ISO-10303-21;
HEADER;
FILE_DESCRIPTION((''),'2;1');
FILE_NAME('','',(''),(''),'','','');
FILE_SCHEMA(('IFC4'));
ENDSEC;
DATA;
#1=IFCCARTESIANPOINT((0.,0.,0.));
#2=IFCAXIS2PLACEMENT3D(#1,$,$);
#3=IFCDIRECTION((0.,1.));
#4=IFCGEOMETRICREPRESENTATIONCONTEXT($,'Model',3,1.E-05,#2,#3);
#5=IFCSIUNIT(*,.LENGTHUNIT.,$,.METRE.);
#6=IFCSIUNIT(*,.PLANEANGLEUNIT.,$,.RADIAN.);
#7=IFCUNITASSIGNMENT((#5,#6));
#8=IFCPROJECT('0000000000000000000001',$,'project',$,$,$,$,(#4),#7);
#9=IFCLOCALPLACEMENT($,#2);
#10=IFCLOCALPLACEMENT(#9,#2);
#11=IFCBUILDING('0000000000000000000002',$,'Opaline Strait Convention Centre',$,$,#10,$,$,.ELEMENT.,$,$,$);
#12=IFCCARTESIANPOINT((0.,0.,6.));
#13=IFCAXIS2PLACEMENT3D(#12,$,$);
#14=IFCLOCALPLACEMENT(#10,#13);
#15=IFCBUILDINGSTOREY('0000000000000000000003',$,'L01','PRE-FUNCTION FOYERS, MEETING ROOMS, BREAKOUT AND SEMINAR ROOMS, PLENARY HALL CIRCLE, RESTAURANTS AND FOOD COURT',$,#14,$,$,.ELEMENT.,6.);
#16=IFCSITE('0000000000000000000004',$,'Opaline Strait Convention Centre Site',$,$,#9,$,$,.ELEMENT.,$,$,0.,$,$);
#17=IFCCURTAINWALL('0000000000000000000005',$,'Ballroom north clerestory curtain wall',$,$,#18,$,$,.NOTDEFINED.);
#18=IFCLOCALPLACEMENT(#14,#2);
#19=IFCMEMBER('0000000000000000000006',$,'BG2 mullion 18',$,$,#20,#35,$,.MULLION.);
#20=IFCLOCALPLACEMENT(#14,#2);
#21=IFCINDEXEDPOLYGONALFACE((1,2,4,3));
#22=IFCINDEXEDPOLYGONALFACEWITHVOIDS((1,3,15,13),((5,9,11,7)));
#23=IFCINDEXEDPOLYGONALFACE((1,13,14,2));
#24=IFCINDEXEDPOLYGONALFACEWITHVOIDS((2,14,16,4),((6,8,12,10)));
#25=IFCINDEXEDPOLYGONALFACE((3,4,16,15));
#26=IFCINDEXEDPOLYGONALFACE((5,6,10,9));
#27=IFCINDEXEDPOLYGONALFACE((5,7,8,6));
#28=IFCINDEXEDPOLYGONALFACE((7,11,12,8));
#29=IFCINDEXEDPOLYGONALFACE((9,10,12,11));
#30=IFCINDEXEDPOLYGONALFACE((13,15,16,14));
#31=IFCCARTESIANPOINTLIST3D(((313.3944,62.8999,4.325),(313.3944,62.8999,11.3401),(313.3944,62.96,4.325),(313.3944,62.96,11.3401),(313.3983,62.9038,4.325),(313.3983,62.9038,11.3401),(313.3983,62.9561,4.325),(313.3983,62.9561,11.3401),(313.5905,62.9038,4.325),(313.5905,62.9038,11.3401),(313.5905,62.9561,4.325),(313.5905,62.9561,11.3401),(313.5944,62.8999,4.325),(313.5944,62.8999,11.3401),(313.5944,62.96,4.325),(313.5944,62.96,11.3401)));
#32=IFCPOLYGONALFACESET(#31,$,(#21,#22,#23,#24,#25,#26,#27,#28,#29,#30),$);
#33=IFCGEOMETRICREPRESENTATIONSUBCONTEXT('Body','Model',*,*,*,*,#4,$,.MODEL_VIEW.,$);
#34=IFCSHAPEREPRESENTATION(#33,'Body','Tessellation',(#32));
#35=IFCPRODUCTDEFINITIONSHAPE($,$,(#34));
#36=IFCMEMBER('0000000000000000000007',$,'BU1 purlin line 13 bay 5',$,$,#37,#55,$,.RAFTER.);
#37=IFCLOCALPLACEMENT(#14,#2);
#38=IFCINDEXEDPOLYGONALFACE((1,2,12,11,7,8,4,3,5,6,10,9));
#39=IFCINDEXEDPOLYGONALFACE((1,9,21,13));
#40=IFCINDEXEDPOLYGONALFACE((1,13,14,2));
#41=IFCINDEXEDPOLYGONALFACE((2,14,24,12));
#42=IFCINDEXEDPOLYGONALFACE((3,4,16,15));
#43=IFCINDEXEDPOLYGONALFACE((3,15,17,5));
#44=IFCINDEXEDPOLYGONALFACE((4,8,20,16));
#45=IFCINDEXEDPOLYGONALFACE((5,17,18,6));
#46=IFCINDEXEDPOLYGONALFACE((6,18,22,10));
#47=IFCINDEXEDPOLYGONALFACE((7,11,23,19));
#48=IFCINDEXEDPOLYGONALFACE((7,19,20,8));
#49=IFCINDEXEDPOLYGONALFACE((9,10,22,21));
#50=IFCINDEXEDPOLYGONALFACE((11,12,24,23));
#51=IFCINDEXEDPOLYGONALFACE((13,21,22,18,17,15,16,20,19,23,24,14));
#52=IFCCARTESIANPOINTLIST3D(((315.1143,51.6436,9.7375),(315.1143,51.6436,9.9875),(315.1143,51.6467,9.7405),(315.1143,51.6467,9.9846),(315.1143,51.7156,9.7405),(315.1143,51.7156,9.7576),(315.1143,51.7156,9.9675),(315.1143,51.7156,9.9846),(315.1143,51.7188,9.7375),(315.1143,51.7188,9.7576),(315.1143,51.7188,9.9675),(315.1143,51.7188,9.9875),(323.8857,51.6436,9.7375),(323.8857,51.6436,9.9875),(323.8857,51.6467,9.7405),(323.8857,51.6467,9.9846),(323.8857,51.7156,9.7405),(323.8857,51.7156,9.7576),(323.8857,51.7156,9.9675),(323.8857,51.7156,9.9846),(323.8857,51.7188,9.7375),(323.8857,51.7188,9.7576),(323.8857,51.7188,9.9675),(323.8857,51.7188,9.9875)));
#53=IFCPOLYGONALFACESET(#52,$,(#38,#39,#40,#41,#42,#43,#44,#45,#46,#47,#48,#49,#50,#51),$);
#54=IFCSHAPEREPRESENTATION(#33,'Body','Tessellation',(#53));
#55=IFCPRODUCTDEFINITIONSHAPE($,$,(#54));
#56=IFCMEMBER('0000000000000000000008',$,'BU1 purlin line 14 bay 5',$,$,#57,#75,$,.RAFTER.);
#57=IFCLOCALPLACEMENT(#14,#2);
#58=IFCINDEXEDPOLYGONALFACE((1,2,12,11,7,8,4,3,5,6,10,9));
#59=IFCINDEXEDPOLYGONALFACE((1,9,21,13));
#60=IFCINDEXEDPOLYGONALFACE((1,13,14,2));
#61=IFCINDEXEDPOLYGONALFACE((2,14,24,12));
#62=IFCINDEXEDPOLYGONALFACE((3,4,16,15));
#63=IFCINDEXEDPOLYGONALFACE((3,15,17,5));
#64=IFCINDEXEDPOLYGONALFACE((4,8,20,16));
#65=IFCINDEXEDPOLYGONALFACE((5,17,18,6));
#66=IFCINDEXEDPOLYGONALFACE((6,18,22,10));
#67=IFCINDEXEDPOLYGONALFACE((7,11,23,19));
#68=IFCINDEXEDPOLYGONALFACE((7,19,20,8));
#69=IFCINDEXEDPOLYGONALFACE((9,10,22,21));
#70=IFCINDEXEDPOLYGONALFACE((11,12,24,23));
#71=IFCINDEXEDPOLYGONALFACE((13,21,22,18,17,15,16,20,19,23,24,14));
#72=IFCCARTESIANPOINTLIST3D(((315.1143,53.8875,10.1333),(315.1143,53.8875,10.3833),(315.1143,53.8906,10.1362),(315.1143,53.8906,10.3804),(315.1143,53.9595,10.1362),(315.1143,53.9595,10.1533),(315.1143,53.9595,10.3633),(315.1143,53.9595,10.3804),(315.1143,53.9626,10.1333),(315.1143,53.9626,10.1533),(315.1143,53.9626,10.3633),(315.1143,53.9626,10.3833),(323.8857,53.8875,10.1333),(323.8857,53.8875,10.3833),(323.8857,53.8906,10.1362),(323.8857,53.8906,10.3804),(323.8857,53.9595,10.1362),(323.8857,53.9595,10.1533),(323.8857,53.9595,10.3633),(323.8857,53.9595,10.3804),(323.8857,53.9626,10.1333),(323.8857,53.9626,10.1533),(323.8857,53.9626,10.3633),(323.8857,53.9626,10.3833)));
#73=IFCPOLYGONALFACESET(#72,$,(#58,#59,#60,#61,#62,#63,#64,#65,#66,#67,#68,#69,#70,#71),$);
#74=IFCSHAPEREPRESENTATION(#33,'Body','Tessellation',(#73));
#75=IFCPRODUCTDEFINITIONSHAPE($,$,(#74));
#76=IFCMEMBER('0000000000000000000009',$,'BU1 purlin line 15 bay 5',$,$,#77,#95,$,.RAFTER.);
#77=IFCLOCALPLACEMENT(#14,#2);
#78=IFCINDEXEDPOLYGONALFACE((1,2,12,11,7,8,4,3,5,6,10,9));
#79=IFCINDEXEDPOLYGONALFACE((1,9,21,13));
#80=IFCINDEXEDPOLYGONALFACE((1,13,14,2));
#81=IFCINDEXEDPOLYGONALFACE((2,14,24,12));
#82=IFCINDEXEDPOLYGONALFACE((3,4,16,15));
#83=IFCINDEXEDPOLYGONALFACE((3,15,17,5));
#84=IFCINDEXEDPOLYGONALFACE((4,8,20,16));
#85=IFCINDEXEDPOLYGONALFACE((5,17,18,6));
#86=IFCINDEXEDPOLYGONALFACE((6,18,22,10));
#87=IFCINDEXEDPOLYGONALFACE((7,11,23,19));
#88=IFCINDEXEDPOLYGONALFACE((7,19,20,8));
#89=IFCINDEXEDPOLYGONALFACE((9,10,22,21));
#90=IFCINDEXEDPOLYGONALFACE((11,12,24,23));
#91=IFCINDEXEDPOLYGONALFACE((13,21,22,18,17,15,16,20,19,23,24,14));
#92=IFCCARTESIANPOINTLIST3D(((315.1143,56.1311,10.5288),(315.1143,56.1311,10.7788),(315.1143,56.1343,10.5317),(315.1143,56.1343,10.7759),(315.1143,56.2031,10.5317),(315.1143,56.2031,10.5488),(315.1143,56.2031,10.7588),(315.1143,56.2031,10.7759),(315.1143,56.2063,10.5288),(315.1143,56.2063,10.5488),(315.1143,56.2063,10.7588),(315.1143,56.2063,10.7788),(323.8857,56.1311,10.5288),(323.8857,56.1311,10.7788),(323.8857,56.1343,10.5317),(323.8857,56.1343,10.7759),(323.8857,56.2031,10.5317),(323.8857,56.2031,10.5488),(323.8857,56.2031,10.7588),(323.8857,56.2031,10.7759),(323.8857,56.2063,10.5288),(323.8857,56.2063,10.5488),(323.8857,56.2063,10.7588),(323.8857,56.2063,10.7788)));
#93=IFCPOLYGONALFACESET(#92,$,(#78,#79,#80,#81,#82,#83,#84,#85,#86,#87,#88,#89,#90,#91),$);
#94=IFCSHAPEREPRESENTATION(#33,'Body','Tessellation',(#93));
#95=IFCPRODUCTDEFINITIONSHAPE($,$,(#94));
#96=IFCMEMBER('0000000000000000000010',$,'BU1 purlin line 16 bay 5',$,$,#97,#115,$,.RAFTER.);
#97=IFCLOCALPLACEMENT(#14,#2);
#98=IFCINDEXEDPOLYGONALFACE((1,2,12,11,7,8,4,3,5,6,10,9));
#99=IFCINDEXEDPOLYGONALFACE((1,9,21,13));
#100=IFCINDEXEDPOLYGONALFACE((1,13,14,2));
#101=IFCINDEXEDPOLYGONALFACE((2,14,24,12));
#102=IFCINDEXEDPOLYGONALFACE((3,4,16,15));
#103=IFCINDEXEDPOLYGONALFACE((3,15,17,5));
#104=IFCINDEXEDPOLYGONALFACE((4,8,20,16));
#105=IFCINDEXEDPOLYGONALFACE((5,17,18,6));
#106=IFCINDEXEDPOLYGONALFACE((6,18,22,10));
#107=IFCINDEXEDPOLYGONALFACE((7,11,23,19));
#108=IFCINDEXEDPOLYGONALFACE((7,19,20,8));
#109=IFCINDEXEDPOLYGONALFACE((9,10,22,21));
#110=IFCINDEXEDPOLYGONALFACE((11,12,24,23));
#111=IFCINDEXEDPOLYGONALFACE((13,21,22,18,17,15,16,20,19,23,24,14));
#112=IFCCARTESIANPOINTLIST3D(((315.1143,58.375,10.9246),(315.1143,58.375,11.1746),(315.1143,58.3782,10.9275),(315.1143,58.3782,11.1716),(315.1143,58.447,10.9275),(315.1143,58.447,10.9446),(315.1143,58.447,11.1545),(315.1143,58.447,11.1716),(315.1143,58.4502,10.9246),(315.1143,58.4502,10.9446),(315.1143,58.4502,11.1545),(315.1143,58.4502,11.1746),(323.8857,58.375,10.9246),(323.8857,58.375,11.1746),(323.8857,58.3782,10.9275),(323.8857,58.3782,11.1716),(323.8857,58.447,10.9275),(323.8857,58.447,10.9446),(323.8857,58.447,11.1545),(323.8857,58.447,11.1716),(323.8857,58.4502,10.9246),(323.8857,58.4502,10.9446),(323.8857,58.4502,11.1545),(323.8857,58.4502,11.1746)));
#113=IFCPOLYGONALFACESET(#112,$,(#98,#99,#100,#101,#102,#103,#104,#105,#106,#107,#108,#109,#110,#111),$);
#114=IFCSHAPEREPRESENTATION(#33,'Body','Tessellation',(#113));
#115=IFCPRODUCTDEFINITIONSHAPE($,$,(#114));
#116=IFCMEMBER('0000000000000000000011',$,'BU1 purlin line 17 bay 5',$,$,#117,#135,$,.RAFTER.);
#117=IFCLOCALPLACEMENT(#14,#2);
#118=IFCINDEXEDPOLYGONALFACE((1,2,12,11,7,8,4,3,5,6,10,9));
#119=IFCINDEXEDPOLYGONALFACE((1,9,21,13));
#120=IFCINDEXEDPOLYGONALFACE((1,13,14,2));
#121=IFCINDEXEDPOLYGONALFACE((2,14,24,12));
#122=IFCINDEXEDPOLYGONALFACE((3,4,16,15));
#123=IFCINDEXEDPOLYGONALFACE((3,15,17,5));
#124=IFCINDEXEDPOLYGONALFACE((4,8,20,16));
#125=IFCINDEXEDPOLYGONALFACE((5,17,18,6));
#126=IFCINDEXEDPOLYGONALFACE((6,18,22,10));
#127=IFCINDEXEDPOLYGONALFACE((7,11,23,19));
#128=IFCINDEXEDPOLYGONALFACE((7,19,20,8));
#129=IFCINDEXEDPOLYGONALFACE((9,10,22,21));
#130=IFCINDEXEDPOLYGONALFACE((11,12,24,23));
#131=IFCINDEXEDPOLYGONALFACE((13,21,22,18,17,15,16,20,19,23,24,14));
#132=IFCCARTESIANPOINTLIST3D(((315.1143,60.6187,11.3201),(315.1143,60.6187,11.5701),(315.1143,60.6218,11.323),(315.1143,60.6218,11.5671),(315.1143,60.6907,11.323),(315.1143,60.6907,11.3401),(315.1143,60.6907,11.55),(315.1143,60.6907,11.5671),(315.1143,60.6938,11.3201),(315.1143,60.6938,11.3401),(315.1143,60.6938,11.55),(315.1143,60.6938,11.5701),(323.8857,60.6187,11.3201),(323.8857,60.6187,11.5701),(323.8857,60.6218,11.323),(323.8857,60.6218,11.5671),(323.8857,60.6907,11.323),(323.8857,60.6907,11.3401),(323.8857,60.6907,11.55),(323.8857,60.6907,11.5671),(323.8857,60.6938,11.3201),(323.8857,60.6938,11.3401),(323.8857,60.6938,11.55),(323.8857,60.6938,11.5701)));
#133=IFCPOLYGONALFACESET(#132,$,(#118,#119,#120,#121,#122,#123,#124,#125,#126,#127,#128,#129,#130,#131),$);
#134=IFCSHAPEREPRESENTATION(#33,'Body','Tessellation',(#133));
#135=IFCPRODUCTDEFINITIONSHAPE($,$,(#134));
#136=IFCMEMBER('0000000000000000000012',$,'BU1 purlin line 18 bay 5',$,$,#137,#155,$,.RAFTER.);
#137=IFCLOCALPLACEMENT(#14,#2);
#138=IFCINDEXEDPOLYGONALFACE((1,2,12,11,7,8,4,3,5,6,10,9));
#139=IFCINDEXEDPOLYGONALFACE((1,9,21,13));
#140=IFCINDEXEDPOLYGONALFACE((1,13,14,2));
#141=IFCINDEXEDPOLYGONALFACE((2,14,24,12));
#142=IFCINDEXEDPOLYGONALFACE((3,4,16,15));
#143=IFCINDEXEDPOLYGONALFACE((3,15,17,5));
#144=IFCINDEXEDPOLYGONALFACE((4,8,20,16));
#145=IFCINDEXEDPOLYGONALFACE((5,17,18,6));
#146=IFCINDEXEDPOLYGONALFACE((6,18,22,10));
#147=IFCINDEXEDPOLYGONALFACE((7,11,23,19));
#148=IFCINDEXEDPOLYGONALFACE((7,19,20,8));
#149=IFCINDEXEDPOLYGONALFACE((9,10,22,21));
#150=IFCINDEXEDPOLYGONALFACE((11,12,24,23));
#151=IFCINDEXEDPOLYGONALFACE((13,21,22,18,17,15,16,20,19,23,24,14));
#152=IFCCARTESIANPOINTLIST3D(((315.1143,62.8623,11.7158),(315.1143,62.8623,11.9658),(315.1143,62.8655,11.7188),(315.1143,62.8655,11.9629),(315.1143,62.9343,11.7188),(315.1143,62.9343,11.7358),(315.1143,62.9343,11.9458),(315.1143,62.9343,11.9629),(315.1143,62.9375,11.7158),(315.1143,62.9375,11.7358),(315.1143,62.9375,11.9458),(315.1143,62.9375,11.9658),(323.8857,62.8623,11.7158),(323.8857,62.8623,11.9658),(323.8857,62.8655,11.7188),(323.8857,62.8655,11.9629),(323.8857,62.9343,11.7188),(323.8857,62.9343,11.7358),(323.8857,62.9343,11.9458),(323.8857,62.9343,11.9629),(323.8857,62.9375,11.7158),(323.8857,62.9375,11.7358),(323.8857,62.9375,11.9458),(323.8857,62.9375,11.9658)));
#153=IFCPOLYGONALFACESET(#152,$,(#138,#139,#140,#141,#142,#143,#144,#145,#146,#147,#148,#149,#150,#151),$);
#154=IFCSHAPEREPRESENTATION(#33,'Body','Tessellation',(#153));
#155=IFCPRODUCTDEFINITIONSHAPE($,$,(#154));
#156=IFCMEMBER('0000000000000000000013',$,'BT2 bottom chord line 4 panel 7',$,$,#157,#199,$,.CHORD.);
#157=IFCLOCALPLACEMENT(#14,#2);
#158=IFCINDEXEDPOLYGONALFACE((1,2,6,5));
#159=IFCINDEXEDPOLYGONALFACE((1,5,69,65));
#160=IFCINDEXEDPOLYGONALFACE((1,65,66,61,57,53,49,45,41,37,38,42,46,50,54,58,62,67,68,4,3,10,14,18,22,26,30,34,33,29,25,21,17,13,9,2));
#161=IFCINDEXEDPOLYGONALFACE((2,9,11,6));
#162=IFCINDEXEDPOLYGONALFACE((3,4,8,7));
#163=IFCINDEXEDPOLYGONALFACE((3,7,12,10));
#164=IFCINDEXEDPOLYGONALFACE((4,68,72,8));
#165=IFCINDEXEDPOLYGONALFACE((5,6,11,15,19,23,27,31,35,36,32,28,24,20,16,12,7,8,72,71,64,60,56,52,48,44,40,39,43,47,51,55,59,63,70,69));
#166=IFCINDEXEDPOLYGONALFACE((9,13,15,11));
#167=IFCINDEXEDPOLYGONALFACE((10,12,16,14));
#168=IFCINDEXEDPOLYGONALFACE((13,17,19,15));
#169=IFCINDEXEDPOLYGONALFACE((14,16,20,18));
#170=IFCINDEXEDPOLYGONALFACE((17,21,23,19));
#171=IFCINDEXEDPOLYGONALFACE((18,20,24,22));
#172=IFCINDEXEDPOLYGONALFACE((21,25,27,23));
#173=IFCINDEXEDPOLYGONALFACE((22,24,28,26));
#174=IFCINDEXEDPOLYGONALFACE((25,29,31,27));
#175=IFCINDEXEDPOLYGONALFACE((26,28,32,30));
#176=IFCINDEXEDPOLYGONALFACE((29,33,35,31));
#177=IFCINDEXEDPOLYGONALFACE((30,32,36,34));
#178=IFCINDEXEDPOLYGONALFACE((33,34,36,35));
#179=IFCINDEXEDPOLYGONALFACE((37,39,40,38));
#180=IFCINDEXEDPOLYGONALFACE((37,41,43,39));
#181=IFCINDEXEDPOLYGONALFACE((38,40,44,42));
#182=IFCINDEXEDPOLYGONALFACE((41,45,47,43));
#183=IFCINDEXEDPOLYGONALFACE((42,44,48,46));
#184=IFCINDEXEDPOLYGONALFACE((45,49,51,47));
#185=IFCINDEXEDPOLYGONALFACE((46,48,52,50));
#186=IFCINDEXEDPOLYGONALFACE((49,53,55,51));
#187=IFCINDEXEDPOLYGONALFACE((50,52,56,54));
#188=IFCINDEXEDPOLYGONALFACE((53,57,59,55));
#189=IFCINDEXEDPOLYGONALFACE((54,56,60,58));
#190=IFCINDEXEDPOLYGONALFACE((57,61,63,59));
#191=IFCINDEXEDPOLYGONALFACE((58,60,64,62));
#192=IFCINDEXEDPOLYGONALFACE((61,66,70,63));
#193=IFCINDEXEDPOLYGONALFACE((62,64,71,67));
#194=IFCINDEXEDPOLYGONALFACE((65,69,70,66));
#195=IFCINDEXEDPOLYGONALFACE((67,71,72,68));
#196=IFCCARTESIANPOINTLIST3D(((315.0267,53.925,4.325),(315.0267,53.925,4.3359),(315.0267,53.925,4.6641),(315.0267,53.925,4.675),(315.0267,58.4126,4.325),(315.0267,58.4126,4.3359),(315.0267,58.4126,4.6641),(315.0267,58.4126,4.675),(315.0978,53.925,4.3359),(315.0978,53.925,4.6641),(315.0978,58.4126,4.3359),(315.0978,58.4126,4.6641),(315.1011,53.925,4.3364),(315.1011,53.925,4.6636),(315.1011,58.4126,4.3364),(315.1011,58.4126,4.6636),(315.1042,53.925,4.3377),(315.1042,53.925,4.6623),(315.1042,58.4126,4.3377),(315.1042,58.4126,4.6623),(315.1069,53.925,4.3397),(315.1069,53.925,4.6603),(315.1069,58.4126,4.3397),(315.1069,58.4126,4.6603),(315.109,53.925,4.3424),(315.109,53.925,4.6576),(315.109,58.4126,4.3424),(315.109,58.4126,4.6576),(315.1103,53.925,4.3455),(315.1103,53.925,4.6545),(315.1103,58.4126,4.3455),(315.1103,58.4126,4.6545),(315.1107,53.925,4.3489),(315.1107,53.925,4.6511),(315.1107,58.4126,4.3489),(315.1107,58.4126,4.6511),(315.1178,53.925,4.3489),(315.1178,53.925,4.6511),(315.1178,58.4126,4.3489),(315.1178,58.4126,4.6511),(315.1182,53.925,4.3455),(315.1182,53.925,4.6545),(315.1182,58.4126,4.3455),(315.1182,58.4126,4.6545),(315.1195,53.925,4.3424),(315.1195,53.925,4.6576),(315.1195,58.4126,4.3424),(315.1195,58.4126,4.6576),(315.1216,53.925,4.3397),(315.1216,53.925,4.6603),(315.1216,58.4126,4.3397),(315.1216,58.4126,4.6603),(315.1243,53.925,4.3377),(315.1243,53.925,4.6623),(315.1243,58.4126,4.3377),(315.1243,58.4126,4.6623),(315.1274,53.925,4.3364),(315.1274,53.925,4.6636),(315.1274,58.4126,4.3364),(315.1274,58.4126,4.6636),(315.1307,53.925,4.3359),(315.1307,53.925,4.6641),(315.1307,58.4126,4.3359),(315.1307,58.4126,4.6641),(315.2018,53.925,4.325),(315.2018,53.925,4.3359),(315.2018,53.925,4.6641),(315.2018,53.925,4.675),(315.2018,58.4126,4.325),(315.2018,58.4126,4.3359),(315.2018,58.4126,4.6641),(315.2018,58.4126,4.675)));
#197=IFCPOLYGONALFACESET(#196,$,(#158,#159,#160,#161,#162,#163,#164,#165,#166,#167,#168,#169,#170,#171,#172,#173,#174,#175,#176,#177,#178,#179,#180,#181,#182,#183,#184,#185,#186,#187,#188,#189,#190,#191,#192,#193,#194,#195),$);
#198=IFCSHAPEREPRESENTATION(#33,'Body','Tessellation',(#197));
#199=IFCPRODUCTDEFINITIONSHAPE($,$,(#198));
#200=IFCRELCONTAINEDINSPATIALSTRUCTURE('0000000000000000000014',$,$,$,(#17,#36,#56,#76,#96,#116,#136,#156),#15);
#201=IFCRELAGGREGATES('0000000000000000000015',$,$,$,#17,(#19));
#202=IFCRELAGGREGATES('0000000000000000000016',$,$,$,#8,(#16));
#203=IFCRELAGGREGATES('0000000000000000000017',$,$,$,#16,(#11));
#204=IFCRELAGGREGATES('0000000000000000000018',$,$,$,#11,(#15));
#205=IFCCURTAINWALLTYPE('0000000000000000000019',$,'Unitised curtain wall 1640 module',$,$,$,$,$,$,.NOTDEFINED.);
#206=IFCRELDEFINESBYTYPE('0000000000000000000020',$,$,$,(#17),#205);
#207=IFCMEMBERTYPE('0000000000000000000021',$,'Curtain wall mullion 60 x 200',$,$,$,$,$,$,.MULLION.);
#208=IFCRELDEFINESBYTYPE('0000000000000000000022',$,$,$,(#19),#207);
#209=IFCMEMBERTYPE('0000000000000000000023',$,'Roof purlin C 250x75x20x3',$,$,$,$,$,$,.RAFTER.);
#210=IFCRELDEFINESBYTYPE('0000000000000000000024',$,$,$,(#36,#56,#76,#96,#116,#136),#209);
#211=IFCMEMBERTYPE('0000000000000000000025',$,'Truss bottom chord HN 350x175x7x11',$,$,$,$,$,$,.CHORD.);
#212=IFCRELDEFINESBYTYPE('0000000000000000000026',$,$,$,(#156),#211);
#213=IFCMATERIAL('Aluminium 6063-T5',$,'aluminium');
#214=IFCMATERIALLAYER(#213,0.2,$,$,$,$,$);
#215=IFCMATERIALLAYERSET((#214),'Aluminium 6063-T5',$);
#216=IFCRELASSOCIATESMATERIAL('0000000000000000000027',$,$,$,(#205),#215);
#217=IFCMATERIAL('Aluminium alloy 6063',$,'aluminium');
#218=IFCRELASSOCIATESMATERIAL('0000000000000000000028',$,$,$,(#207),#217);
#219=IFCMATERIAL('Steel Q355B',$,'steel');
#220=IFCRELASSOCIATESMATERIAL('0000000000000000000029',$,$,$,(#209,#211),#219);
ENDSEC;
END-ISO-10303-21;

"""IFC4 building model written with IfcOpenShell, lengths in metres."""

from ifc_helpers import new_model, si_unit, direction, frame, origin, origin_2d, place, context, subcontext, project, spatial, polyline, hollow_rectangle, i_section, outline, extrude, material, layer, layer_set, material_profile, profile_set, type_object, element, aggregate, save


model = new_model("IFC4")

# Units and contexts
model_context = context("Model", 3, precision=1e-05, world=origin(), true_north=direction((0.0, 1.0)))
body_context = subcontext(model_context, "Body", "Model", "MODEL_VIEW")
ifc_project = project(units=[si_unit("LENGTHUNIT", "METRE"), si_unit("PLANEANGLEUNIT", "RADIAN")], contexts=[model_context])

# Site, building, storey
site_placement = place(None, origin())
site = spatial("IfcSite", under=ifc_project, at=site_placement, Name="Opaline Strait Convention Centre Site", CompositionType="ELEMENT", RefElevation=0.0)
building_placement = place(site_placement, origin())
building = spatial("IfcBuilding", under=site, at=building_placement, Name="Opaline Strait Convention Centre", CompositionType="ELEMENT")
storey_placement = place(building_placement, frame((0.0, 0.0, 6.0)))
storey = spatial("IfcBuildingStorey", under=building, at=storey_placement, Name="L01", Description="PRE-FUNCTION FOYERS, MEETING ROOMS, BREAKOUT AND SEMINAR ROOMS, PLENARY HALL CIRCLE, RESTAURANTS AND FOOD COURT", CompositionType="ELEMENT", Elevation=6.0)

# Curtain wall, member
ifc_material_1 = material(Name="Aluminium 6063-T5", Category="aluminium")
ifc_layer_1 = layer(ifc_material_1, 0.2)
ifc_layer_set_1 = layer_set([ifc_layer_1], Name="Aluminium 6063-T5")
curtain_wall_type = type_object("IfcCurtainWallType", Name="Unitised curtain wall 1640 module", PredefinedType="NOTDEFINED", material=ifc_layer_set_1)
curtain_wall_placement = place(storey_placement, origin())
curtain_wall = element("IfcCurtainWall", 1, at=curtain_wall_placement, inside=storey, type_object=curtain_wall_type, Name="Ballroom north clerestory curtain wall", PredefinedType="NOTDEFINED")
ifc_material_2 = material(Name="Aluminium alloy 6063", Category="aluminium")
ifc_material_profile_1 = material_profile(ifc_material_2, hollow_rectangle(XDim=0.0601, YDim=0.2, WallThickness=0.0039, at=origin_2d()), Name="MULLION 60x200x4")
ifc_profile_set_1 = profile_set([ifc_material_profile_1], Name="Aluminium alloy 6063")
member_type_1 = type_object("IfcMemberType", Name="Curtain wall mullion 60 x 200", PredefinedType="MULLION", material=ifc_profile_set_1)
member_1_placement = place(storey_placement, frame((313.4944, 62.9299, 4.325), z_axis=(0.0, 0.0, 1.0), x_axis=(0.0, 1.0, 0.0)))
member_1 = element("IfcMember", 2, at=member_1_placement, type_object=member_type_1, Name="BG2 mullion 18", PredefinedType="MULLION", context=body_context, shape_type="SweptSolid", body=[
    extrude(hollow_rectangle(XDim=0.0601, YDim=0.2, WallThickness=0.0039, at=origin_2d()), origin(), (0.0, 0.0, 1.0), 7.0151),
])
aggregate(curtain_wall, [member_1])

# Members
ifc_material_3 = material(Name="Steel Q355B", Category="steel")
ifc_material_profile_2 = material_profile(ifc_material_3, outline(polyline([(-0.0376, -0.125), (0.0376, -0.125), (0.0376, -0.105), (0.0344, -0.105), (0.0344, -0.1221), (-0.0344, -0.1221), (-0.0344, 0.1221), (0.0344, 0.1221), (0.0344, 0.105), (0.0376, 0.105), (0.0376, 0.125), (-0.0376, 0.125), (-0.0376, -0.125)])), Name="C 250x75x20x3")
ifc_profile_set_2 = profile_set([ifc_material_profile_2], Name="Steel Q355B")
member_type_2 = type_object("IfcMemberType", Name="Roof purlin C 250x75x20x3", PredefinedType="RAFTER", material=ifc_profile_set_2)
for number, where, z_axis, x_axis, name in (
    (3, (315.1143, 51.6812, 9.8625), (1.0, 0.0, 0.0), (0.0, 1.0, 0.0), "BU1 purlin line 13 bay 5"),
    (4, (315.1143, 53.925, 10.2583), (1.0, 0.0, 0.0), (0.0, 1.0, 0.0), "BU1 purlin line 14 bay 5"),
    (5, (315.1143, 56.1687, 10.6538), (1.0, 0.0, 0.0), (0.0, 1.0, 0.0), "BU1 purlin line 15 bay 5"),
    (6, (315.1143, 58.4126, 11.0496), (1.0, 0.0, 0.0), (0.0, 1.0, 0.0), "BU1 purlin line 16 bay 5"),
    (7, (315.1143, 60.6562, 11.4451), (1.0, 0.0, 0.0), (0.0, 1.0, 0.0), "BU1 purlin line 17 bay 5"),
    (8, (315.1143, 62.8999, 11.8408), (1.0, 0.0, 0.0), (0.0, 1.0, 0.0), "BU1 purlin line 18 bay 5"),
):
    element("IfcMember", number, at=place(storey_placement, frame(where, z_axis=z_axis, x_axis=x_axis)), inside=storey, type_object=member_type_2, Name=name, PredefinedType="RAFTER", context=body_context, shape_type="SweptSolid", body=[
        extrude(outline(polyline([(-0.0376, -0.125), (0.0376, -0.125), (0.0376, -0.105), (0.0344, -0.105), (0.0344, -0.1221), (-0.0344, -0.1221), (-0.0344, 0.1221), (0.0344, 0.1221), (0.0344, 0.105), (0.0376, 0.105), (0.0376, 0.125), (-0.0376, 0.125), (-0.0376, -0.125)])), origin(), (0.0, 0.0, 1.0), 8.7715),
    ])
ifc_material_profile_3 = material_profile(ifc_material_3, i_section(OverallWidth=0.175, OverallDepth=0.3501, WebThickness=0.0071, FlangeThickness=0.011, FilletRadius=0.0129, at=origin_2d()), Name="HN 350x175x7x11")
ifc_profile_set_3 = profile_set([ifc_material_profile_3], Name="Steel Q355B")
member_type_3 = type_object("IfcMemberType", Name="Truss bottom chord HN 350x175x7x11", PredefinedType="CHORD", material=ifc_profile_set_3)
member_2_placement = place(storey_placement, frame((315.1143, 53.925, 4.5), z_axis=(0.0, 1.0, 0.0), x_axis=(-1.0, 0.0, 0.0)))
element("IfcMember", 9, at=member_2_placement, inside=storey, type_object=member_type_3, Name="BT2 bottom chord line 4 panel 7", PredefinedType="CHORD", context=body_context, shape_type="SweptSolid", body=[
    extrude(i_section(OverallWidth=0.175, OverallDepth=0.3501, WebThickness=0.0071, FlangeThickness=0.011, FilletRadius=0.0129, at=origin_2d()), origin(), (0.0, 0.0, 1.0), 4.4875),
])

save(model, "model.ifc")
